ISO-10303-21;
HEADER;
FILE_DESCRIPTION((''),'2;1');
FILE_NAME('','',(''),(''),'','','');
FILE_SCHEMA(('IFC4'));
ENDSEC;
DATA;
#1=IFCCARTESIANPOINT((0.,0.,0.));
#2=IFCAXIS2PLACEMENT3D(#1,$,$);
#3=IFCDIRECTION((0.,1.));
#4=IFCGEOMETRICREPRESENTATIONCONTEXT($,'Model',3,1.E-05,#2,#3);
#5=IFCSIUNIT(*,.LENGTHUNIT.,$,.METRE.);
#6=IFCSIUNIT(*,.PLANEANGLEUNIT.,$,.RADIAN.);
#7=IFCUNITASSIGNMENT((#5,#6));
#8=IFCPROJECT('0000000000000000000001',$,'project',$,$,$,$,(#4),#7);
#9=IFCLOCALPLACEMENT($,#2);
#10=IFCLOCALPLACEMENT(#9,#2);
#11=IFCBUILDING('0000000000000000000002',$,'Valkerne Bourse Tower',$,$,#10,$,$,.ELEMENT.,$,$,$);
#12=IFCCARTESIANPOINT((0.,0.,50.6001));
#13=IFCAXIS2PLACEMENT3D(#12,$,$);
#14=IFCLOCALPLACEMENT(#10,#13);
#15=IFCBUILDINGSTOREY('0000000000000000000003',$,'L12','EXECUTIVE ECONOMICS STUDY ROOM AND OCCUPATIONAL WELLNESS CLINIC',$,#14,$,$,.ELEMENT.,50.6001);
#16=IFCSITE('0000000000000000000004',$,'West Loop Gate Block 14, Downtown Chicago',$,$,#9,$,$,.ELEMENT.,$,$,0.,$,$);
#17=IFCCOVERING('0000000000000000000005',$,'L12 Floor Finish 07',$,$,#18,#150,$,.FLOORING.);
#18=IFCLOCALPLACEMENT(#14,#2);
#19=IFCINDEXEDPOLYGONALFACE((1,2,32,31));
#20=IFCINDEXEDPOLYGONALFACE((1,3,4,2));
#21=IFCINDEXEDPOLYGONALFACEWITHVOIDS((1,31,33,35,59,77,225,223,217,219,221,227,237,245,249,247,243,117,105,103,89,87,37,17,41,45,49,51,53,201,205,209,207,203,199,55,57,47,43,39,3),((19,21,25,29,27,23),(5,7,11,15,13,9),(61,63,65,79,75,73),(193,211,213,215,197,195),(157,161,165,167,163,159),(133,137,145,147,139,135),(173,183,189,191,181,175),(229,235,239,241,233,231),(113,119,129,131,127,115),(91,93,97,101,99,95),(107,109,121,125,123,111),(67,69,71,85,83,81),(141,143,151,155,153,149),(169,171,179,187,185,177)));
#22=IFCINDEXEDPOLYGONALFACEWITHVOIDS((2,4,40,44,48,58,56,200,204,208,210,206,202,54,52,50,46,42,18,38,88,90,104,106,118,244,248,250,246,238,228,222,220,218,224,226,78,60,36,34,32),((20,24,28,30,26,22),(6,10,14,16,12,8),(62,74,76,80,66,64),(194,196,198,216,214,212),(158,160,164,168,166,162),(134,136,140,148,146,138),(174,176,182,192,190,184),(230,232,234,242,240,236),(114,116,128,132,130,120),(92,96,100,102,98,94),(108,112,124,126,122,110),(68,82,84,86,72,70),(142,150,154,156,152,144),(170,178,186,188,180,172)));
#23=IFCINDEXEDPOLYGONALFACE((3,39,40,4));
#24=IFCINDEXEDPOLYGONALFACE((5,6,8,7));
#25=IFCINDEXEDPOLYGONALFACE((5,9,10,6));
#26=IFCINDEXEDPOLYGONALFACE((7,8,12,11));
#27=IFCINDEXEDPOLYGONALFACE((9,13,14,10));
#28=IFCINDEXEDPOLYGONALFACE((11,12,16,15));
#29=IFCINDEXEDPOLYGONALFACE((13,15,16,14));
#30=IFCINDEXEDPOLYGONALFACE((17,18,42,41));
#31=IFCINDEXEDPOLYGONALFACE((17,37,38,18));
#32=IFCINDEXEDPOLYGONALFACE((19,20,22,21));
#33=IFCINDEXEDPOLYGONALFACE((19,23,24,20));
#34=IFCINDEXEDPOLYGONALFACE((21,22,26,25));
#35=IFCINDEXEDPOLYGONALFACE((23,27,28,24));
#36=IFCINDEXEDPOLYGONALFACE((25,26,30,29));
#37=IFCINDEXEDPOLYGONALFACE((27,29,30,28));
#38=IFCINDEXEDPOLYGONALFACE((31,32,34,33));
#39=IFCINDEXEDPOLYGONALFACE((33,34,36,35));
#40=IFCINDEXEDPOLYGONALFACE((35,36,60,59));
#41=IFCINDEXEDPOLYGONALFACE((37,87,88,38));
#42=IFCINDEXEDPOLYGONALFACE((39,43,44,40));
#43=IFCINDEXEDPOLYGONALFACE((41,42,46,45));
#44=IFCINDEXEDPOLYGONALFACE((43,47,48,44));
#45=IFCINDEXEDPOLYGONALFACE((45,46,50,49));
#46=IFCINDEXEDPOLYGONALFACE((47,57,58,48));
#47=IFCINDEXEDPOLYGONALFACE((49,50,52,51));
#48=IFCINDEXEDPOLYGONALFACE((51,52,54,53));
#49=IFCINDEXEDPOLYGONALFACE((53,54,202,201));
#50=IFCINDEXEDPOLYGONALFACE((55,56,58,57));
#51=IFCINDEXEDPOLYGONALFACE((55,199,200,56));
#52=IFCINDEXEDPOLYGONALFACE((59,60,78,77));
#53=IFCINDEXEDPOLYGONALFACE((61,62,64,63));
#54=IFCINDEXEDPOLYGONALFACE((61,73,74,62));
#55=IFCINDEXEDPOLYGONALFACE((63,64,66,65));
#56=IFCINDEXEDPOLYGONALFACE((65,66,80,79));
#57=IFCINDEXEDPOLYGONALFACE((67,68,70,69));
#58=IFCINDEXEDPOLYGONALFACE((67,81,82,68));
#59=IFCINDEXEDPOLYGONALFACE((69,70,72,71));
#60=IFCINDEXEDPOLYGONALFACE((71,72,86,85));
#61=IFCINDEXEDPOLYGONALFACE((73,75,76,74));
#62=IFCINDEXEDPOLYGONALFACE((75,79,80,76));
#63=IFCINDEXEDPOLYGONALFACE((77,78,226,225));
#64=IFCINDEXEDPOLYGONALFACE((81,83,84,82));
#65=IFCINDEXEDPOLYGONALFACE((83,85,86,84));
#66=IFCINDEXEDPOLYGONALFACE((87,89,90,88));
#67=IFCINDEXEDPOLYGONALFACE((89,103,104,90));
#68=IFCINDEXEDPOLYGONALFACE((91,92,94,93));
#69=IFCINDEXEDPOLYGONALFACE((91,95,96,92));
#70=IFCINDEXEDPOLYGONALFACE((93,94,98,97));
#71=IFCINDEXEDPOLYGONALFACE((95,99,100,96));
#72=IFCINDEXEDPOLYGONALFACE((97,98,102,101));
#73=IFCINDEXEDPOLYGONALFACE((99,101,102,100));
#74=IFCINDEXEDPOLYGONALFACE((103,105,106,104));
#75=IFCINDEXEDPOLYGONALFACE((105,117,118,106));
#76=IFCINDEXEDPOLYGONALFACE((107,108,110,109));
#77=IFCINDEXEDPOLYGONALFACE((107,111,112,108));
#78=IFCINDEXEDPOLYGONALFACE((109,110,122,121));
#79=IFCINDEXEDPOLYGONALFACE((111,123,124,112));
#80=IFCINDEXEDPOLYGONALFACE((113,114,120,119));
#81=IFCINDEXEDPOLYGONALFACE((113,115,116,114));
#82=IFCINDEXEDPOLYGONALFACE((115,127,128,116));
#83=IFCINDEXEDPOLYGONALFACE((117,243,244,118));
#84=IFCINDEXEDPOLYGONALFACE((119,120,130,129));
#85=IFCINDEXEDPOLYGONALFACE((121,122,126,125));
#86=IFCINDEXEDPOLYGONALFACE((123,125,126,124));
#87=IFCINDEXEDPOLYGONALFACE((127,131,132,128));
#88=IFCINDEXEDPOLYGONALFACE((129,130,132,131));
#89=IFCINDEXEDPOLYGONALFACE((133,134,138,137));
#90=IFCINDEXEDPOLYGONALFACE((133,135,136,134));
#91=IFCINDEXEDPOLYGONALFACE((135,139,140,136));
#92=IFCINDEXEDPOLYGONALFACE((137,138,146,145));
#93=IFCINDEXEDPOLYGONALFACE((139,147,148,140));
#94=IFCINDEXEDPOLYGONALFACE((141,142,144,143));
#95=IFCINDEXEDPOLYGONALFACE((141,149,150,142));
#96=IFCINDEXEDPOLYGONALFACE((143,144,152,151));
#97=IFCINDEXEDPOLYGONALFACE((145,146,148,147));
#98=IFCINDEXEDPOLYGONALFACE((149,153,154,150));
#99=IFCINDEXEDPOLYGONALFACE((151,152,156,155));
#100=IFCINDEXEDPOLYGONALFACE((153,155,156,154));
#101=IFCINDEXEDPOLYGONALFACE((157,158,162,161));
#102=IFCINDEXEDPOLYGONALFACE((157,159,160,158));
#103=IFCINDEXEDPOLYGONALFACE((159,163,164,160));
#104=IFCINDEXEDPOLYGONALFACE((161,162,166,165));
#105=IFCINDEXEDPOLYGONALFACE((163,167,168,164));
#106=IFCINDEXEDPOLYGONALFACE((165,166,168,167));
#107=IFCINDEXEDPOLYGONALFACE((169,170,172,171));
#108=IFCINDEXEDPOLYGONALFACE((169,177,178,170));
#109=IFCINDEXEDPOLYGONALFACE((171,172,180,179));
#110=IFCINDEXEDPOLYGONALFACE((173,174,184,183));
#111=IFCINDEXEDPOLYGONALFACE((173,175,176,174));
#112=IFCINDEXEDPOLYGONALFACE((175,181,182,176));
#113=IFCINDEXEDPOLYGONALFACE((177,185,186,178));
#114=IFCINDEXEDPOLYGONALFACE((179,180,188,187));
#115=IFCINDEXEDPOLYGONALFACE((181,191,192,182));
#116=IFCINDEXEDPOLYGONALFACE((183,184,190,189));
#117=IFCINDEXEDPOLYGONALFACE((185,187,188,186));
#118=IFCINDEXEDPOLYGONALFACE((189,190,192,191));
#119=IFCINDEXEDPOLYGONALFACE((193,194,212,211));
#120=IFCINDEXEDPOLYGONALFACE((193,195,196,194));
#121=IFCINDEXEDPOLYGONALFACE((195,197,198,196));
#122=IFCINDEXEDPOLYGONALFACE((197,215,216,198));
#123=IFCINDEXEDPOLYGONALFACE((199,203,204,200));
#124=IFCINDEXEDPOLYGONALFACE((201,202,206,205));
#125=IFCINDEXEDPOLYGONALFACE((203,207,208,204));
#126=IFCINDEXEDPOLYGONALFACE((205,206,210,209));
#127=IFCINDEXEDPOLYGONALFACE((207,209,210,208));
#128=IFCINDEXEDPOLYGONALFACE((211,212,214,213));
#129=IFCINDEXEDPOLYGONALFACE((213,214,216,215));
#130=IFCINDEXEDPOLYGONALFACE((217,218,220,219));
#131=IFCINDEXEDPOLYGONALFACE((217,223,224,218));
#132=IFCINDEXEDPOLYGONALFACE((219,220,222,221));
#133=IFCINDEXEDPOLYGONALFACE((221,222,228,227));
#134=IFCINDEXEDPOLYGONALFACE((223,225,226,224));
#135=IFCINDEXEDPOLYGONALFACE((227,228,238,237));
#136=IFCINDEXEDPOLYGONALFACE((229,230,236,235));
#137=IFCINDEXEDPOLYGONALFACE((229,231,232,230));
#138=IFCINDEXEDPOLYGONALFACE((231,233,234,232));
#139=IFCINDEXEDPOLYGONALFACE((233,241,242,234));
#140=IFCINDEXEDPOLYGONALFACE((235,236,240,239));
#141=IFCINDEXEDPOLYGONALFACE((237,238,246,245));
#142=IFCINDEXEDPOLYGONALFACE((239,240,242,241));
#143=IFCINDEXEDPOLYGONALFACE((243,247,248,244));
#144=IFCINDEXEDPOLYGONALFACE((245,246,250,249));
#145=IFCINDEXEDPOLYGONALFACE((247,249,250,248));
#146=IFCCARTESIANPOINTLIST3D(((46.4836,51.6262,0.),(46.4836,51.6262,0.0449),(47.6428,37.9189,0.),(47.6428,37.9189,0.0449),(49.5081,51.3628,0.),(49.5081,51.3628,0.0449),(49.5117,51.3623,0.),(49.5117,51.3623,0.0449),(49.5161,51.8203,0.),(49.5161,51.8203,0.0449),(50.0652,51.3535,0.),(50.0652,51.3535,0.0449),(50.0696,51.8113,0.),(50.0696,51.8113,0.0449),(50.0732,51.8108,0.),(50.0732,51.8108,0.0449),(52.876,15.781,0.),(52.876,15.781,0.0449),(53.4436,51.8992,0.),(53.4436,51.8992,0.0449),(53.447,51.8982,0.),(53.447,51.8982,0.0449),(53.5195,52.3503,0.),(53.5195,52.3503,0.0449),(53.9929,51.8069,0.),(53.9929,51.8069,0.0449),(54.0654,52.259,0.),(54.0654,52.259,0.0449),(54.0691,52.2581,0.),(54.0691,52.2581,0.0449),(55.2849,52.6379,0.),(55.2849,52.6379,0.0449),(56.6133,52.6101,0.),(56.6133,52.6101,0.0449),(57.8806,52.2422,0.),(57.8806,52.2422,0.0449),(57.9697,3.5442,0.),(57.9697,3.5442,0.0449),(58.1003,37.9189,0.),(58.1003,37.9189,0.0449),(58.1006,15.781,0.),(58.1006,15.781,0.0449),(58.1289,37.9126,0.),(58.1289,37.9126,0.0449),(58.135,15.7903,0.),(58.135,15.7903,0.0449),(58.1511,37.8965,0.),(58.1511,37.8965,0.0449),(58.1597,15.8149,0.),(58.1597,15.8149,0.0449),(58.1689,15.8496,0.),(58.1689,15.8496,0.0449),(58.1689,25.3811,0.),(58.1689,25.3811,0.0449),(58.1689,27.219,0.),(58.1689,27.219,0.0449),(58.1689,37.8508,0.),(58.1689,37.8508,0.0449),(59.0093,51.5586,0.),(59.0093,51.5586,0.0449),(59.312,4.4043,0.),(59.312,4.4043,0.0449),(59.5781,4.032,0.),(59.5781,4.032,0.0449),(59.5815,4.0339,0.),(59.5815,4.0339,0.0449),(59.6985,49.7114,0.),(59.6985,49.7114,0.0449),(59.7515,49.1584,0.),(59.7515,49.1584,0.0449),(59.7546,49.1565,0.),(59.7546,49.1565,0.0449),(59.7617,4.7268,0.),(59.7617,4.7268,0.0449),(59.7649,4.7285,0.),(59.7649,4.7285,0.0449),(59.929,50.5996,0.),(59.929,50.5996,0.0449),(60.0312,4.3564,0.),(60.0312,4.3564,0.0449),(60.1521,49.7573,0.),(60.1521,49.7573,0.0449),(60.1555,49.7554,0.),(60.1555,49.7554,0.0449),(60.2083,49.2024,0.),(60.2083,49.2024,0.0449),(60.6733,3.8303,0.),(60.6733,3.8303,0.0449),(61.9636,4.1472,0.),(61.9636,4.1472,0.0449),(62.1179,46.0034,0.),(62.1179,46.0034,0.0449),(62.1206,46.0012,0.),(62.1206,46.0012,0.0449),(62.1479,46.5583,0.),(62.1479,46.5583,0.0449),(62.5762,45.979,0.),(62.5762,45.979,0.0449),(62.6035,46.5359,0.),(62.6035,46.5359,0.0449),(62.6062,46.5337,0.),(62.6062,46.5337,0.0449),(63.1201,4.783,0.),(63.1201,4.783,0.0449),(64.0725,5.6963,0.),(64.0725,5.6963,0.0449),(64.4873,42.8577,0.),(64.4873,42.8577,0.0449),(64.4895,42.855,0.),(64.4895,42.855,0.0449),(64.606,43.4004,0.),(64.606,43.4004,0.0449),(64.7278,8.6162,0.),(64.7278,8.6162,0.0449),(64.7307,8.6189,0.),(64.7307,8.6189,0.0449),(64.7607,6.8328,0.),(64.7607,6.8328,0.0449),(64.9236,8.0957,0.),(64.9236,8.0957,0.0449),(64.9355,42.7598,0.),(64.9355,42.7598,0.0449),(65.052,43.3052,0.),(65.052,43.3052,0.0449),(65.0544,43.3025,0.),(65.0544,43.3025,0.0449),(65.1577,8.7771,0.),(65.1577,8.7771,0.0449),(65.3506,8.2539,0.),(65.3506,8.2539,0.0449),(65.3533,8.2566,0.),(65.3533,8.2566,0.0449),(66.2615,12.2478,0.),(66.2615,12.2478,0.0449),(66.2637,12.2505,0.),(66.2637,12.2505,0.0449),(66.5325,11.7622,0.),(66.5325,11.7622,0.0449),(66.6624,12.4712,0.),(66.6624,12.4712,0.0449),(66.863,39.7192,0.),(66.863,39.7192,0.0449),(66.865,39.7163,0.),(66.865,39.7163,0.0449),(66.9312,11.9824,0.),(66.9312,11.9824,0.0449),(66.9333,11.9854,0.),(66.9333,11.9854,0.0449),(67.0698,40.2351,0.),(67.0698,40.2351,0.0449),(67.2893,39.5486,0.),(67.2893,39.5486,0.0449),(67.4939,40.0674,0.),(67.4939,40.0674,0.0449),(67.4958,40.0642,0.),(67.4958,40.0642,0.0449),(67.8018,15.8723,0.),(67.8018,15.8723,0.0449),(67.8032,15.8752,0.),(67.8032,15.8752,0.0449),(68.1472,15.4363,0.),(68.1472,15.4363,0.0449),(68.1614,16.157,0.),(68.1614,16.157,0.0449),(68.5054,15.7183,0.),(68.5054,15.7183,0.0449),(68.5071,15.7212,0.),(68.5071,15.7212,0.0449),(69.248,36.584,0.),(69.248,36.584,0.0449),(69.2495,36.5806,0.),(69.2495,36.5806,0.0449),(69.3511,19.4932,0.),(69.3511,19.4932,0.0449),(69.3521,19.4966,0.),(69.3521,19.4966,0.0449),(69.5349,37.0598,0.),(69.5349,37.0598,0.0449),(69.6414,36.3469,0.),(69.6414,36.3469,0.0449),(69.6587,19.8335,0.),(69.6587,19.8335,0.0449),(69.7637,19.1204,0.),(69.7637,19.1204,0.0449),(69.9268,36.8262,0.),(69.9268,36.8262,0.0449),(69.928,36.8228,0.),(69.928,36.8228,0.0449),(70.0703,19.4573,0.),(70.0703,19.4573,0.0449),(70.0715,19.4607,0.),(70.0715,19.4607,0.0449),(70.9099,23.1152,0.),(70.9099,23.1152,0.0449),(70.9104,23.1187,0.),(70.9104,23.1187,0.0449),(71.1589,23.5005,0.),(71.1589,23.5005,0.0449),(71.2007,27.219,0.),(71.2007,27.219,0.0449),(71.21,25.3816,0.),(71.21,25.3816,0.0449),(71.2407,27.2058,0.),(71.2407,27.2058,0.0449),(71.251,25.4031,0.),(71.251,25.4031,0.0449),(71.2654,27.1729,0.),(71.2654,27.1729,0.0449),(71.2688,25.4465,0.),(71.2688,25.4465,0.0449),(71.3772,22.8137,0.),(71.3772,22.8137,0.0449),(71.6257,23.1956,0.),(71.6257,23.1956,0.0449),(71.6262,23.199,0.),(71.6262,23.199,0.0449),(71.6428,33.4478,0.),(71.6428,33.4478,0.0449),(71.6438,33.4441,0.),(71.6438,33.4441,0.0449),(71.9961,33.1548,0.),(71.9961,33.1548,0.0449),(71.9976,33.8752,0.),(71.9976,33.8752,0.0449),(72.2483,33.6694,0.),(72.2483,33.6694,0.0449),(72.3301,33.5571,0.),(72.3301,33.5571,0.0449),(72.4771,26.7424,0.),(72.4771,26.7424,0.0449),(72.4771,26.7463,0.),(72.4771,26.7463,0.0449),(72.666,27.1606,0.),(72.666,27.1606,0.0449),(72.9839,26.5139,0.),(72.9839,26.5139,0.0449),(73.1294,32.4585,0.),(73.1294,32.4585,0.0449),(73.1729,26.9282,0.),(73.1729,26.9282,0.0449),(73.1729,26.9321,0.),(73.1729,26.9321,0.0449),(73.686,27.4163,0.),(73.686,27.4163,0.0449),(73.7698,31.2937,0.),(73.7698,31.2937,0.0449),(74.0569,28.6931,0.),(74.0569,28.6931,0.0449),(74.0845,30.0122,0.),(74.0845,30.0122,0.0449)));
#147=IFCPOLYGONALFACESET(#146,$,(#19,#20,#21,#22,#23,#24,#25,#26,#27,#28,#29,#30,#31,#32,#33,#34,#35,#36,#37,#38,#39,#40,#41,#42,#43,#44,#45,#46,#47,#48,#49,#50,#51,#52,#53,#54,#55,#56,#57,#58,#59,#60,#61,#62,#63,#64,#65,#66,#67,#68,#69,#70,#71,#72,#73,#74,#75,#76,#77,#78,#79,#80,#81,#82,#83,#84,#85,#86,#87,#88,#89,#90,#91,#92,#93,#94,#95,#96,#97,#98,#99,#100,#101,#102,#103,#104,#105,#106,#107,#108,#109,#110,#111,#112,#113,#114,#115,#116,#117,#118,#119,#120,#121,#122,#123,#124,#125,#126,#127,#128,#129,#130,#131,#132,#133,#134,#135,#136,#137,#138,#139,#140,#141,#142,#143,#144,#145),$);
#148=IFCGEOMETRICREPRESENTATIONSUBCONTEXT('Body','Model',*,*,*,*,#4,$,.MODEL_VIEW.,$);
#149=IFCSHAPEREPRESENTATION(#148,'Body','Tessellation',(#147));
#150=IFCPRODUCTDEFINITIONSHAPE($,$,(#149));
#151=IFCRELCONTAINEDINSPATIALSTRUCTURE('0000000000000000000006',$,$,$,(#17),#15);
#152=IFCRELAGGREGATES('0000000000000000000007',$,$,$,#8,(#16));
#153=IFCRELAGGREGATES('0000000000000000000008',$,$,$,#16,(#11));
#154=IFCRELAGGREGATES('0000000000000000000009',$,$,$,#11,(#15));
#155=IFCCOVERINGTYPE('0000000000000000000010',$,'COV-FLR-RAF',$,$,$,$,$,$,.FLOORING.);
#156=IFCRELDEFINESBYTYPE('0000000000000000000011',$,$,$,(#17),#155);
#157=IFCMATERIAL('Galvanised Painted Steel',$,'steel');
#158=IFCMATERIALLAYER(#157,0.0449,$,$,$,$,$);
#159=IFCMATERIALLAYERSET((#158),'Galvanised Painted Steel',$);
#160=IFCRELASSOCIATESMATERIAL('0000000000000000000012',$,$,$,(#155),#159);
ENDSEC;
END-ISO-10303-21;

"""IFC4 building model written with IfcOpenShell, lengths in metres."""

from ifc_helpers import new_model, si_unit, direction, frame, origin, place, context, subcontext, project, spatial, polyline, outline, extrude, material, layer, layer_set, type_object, element, save


model = new_model("IFC4")

# Units and contexts
model_context = context("Model", 3, precision=1e-05, world=origin(), true_north=direction((0.0, 1.0)))
body_context = subcontext(model_context, "Body", "Model", "MODEL_VIEW")
ifc_project = project(units=[si_unit("LENGTHUNIT", "METRE"), si_unit("PLANEANGLEUNIT", "RADIAN")], contexts=[model_context])

# Site, building, storey
site_placement = place(None, origin())
site = spatial("IfcSite", under=ifc_project, at=site_placement, Name="West Loop Gate Block 14, Downtown Chicago", CompositionType="ELEMENT", RefElevation=0.0)
building_placement = place(site_placement, origin())
building = spatial("IfcBuilding", under=site, at=building_placement, Name="Valkerne Bourse Tower", CompositionType="ELEMENT")
storey_placement = place(building_placement, frame((0.0, 0.0, 50.6001)))
storey = spatial("IfcBuildingStorey", under=building, at=storey_placement, Name="L12", Description="EXECUTIVE ECONOMICS STUDY ROOM AND OCCUPATIONAL WELLNESS CLINIC", CompositionType="ELEMENT", Elevation=50.6001)

# Covering
ifc_material_1 = material(Name="Galvanised Painted Steel", Category="steel")
ifc_layer_1 = layer(ifc_material_1, 0.0449)
ifc_layer_set_1 = layer_set([ifc_layer_1], Name="Galvanised Painted Steel")
covering_type_1 = type_object("IfcCoveringType", Name="COV-FLR-RAF", PredefinedType="FLOORING", material=ifc_layer_set_1)
covering_1_placement = place(storey_placement, origin())
element("IfcCovering", 1, at=covering_1_placement, inside=storey, type_object=covering_type_1, Name="L12 Floor Finish 07", PredefinedType="FLOORING", context=body_context, shape_type="SweptSolid", body=[
    extrude(outline(polyline([(61.9636, 4.1472), (60.6733, 3.8303), (57.9697, 3.5442), (52.876, 15.781), (58.1006, 15.781), (58.135, 15.7903), (58.1597, 15.8149), (58.1689, 15.8496), (58.1689, 25.3811), (71.21, 25.3816), (71.251, 25.4031), (71.2688, 25.4465), (71.2654, 27.1729), (71.2407, 27.2058), (71.2007, 27.219), (58.1689, 27.219), (58.1689, 37.8508), (58.1511, 37.8965), (58.1289, 37.9126), (58.1003, 37.9189), (47.6428, 37.9189), (46.4836, 51.6262), (55.2849, 52.6379), (56.6133, 52.6101), (57.8806, 52.2422), (59.0093, 51.5586), (59.929, 50.5996), (72.2483, 33.6694), (71.9976, 33.8752), (71.6428, 33.4478), (71.6438, 33.4441), (71.9961, 33.1548), (72.3301, 33.5571), (73.1294, 32.4585), (73.7698, 31.2937), (74.0845, 30.0122), (74.0569, 28.6931), (73.686, 27.4163), (64.7607, 6.8328), (64.0725, 5.6963), (63.1201, 4.783), (61.9636, 4.1472)]), holes=[polyline([(50.0732, 51.8108), (50.0696, 51.8113), (49.5161, 51.8203), (49.5081, 51.3628), (49.5117, 51.3623), (50.0652, 51.3535), (50.0732, 51.8108)]), polyline([(54.0691, 52.2581), (54.0654, 52.259), (53.5195, 52.3503), (53.4436, 51.8992), (53.447, 51.8982), (53.9929, 51.8069), (54.0691, 52.2581)]), polyline([(59.5815, 4.0339), (60.0312, 4.3564), (59.7649, 4.7285), (59.7617, 4.7268), (59.312, 4.4043), (59.5781, 4.032), (59.5815, 4.0339)]), polyline([(65.3506, 8.2539), (65.3533, 8.2566), (65.1577, 8.7771), (64.7307, 8.6189), (64.7278, 8.6162), (64.9236, 8.0957), (65.3506, 8.2539)]), polyline([(66.9333, 11.9854), (66.6624, 12.4712), (66.2637, 12.2505), (66.2615, 12.2478), (66.5325, 11.7622), (66.9312, 11.9824), (66.9333, 11.9854)]), polyline([(68.5054, 15.7183), (68.5071, 15.7212), (68.1614, 16.157), (67.8032, 15.8752), (67.8018, 15.8723), (68.1472, 15.4363), (68.5054, 15.7183)]), polyline([(70.0703, 19.4573), (70.0715, 19.4607), (69.6587, 19.8335), (69.3521, 19.4966), (69.3511, 19.4932), (69.7637, 19.1204), (70.0703, 19.4573)]), polyline([(71.6262, 23.199), (71.1589, 23.5005), (70.9104, 23.1187), (70.9099, 23.1152), (71.3772, 22.8137), (71.6257, 23.1956), (71.6262, 23.199)]), polyline([(73.1729, 26.9282), (73.1729, 26.9321), (72.666, 27.1606), (72.4771, 26.7463), (72.4771, 26.7424), (72.9839, 26.5139), (73.1729, 26.9282)]), polyline([(69.9268, 36.8262), (69.5349, 37.0598), (69.248, 36.584), (69.2495, 36.5806), (69.6414, 36.3469), (69.928, 36.8228), (69.9268, 36.8262)]), polyline([(67.4958, 40.0642), (67.4939, 40.0674), (67.0698, 40.2351), (66.863, 39.7192), (66.865, 39.7163), (67.2893, 39.5486), (67.4958, 40.0642)]), polyline([(65.0544, 43.3025), (65.052, 43.3052), (64.606, 43.4004), (64.4873, 42.8577), (64.4895, 42.855), (64.9355, 42.7598), (65.0544, 43.3025)]), polyline([(62.6035, 46.5359), (62.1479, 46.5583), (62.1179, 46.0034), (62.1206, 46.0012), (62.5762, 45.979), (62.6062, 46.5337), (62.6035, 46.5359)]), polyline([(60.2083, 49.2024), (60.1555, 49.7554), (60.1521, 49.7573), (59.6985, 49.7114), (59.7515, 49.1584), (59.7546, 49.1565), (60.2083, 49.2024)])]), origin(), (0.0, 0.0, 1.0), 0.0449),
])

save(model, "model.ifc")
